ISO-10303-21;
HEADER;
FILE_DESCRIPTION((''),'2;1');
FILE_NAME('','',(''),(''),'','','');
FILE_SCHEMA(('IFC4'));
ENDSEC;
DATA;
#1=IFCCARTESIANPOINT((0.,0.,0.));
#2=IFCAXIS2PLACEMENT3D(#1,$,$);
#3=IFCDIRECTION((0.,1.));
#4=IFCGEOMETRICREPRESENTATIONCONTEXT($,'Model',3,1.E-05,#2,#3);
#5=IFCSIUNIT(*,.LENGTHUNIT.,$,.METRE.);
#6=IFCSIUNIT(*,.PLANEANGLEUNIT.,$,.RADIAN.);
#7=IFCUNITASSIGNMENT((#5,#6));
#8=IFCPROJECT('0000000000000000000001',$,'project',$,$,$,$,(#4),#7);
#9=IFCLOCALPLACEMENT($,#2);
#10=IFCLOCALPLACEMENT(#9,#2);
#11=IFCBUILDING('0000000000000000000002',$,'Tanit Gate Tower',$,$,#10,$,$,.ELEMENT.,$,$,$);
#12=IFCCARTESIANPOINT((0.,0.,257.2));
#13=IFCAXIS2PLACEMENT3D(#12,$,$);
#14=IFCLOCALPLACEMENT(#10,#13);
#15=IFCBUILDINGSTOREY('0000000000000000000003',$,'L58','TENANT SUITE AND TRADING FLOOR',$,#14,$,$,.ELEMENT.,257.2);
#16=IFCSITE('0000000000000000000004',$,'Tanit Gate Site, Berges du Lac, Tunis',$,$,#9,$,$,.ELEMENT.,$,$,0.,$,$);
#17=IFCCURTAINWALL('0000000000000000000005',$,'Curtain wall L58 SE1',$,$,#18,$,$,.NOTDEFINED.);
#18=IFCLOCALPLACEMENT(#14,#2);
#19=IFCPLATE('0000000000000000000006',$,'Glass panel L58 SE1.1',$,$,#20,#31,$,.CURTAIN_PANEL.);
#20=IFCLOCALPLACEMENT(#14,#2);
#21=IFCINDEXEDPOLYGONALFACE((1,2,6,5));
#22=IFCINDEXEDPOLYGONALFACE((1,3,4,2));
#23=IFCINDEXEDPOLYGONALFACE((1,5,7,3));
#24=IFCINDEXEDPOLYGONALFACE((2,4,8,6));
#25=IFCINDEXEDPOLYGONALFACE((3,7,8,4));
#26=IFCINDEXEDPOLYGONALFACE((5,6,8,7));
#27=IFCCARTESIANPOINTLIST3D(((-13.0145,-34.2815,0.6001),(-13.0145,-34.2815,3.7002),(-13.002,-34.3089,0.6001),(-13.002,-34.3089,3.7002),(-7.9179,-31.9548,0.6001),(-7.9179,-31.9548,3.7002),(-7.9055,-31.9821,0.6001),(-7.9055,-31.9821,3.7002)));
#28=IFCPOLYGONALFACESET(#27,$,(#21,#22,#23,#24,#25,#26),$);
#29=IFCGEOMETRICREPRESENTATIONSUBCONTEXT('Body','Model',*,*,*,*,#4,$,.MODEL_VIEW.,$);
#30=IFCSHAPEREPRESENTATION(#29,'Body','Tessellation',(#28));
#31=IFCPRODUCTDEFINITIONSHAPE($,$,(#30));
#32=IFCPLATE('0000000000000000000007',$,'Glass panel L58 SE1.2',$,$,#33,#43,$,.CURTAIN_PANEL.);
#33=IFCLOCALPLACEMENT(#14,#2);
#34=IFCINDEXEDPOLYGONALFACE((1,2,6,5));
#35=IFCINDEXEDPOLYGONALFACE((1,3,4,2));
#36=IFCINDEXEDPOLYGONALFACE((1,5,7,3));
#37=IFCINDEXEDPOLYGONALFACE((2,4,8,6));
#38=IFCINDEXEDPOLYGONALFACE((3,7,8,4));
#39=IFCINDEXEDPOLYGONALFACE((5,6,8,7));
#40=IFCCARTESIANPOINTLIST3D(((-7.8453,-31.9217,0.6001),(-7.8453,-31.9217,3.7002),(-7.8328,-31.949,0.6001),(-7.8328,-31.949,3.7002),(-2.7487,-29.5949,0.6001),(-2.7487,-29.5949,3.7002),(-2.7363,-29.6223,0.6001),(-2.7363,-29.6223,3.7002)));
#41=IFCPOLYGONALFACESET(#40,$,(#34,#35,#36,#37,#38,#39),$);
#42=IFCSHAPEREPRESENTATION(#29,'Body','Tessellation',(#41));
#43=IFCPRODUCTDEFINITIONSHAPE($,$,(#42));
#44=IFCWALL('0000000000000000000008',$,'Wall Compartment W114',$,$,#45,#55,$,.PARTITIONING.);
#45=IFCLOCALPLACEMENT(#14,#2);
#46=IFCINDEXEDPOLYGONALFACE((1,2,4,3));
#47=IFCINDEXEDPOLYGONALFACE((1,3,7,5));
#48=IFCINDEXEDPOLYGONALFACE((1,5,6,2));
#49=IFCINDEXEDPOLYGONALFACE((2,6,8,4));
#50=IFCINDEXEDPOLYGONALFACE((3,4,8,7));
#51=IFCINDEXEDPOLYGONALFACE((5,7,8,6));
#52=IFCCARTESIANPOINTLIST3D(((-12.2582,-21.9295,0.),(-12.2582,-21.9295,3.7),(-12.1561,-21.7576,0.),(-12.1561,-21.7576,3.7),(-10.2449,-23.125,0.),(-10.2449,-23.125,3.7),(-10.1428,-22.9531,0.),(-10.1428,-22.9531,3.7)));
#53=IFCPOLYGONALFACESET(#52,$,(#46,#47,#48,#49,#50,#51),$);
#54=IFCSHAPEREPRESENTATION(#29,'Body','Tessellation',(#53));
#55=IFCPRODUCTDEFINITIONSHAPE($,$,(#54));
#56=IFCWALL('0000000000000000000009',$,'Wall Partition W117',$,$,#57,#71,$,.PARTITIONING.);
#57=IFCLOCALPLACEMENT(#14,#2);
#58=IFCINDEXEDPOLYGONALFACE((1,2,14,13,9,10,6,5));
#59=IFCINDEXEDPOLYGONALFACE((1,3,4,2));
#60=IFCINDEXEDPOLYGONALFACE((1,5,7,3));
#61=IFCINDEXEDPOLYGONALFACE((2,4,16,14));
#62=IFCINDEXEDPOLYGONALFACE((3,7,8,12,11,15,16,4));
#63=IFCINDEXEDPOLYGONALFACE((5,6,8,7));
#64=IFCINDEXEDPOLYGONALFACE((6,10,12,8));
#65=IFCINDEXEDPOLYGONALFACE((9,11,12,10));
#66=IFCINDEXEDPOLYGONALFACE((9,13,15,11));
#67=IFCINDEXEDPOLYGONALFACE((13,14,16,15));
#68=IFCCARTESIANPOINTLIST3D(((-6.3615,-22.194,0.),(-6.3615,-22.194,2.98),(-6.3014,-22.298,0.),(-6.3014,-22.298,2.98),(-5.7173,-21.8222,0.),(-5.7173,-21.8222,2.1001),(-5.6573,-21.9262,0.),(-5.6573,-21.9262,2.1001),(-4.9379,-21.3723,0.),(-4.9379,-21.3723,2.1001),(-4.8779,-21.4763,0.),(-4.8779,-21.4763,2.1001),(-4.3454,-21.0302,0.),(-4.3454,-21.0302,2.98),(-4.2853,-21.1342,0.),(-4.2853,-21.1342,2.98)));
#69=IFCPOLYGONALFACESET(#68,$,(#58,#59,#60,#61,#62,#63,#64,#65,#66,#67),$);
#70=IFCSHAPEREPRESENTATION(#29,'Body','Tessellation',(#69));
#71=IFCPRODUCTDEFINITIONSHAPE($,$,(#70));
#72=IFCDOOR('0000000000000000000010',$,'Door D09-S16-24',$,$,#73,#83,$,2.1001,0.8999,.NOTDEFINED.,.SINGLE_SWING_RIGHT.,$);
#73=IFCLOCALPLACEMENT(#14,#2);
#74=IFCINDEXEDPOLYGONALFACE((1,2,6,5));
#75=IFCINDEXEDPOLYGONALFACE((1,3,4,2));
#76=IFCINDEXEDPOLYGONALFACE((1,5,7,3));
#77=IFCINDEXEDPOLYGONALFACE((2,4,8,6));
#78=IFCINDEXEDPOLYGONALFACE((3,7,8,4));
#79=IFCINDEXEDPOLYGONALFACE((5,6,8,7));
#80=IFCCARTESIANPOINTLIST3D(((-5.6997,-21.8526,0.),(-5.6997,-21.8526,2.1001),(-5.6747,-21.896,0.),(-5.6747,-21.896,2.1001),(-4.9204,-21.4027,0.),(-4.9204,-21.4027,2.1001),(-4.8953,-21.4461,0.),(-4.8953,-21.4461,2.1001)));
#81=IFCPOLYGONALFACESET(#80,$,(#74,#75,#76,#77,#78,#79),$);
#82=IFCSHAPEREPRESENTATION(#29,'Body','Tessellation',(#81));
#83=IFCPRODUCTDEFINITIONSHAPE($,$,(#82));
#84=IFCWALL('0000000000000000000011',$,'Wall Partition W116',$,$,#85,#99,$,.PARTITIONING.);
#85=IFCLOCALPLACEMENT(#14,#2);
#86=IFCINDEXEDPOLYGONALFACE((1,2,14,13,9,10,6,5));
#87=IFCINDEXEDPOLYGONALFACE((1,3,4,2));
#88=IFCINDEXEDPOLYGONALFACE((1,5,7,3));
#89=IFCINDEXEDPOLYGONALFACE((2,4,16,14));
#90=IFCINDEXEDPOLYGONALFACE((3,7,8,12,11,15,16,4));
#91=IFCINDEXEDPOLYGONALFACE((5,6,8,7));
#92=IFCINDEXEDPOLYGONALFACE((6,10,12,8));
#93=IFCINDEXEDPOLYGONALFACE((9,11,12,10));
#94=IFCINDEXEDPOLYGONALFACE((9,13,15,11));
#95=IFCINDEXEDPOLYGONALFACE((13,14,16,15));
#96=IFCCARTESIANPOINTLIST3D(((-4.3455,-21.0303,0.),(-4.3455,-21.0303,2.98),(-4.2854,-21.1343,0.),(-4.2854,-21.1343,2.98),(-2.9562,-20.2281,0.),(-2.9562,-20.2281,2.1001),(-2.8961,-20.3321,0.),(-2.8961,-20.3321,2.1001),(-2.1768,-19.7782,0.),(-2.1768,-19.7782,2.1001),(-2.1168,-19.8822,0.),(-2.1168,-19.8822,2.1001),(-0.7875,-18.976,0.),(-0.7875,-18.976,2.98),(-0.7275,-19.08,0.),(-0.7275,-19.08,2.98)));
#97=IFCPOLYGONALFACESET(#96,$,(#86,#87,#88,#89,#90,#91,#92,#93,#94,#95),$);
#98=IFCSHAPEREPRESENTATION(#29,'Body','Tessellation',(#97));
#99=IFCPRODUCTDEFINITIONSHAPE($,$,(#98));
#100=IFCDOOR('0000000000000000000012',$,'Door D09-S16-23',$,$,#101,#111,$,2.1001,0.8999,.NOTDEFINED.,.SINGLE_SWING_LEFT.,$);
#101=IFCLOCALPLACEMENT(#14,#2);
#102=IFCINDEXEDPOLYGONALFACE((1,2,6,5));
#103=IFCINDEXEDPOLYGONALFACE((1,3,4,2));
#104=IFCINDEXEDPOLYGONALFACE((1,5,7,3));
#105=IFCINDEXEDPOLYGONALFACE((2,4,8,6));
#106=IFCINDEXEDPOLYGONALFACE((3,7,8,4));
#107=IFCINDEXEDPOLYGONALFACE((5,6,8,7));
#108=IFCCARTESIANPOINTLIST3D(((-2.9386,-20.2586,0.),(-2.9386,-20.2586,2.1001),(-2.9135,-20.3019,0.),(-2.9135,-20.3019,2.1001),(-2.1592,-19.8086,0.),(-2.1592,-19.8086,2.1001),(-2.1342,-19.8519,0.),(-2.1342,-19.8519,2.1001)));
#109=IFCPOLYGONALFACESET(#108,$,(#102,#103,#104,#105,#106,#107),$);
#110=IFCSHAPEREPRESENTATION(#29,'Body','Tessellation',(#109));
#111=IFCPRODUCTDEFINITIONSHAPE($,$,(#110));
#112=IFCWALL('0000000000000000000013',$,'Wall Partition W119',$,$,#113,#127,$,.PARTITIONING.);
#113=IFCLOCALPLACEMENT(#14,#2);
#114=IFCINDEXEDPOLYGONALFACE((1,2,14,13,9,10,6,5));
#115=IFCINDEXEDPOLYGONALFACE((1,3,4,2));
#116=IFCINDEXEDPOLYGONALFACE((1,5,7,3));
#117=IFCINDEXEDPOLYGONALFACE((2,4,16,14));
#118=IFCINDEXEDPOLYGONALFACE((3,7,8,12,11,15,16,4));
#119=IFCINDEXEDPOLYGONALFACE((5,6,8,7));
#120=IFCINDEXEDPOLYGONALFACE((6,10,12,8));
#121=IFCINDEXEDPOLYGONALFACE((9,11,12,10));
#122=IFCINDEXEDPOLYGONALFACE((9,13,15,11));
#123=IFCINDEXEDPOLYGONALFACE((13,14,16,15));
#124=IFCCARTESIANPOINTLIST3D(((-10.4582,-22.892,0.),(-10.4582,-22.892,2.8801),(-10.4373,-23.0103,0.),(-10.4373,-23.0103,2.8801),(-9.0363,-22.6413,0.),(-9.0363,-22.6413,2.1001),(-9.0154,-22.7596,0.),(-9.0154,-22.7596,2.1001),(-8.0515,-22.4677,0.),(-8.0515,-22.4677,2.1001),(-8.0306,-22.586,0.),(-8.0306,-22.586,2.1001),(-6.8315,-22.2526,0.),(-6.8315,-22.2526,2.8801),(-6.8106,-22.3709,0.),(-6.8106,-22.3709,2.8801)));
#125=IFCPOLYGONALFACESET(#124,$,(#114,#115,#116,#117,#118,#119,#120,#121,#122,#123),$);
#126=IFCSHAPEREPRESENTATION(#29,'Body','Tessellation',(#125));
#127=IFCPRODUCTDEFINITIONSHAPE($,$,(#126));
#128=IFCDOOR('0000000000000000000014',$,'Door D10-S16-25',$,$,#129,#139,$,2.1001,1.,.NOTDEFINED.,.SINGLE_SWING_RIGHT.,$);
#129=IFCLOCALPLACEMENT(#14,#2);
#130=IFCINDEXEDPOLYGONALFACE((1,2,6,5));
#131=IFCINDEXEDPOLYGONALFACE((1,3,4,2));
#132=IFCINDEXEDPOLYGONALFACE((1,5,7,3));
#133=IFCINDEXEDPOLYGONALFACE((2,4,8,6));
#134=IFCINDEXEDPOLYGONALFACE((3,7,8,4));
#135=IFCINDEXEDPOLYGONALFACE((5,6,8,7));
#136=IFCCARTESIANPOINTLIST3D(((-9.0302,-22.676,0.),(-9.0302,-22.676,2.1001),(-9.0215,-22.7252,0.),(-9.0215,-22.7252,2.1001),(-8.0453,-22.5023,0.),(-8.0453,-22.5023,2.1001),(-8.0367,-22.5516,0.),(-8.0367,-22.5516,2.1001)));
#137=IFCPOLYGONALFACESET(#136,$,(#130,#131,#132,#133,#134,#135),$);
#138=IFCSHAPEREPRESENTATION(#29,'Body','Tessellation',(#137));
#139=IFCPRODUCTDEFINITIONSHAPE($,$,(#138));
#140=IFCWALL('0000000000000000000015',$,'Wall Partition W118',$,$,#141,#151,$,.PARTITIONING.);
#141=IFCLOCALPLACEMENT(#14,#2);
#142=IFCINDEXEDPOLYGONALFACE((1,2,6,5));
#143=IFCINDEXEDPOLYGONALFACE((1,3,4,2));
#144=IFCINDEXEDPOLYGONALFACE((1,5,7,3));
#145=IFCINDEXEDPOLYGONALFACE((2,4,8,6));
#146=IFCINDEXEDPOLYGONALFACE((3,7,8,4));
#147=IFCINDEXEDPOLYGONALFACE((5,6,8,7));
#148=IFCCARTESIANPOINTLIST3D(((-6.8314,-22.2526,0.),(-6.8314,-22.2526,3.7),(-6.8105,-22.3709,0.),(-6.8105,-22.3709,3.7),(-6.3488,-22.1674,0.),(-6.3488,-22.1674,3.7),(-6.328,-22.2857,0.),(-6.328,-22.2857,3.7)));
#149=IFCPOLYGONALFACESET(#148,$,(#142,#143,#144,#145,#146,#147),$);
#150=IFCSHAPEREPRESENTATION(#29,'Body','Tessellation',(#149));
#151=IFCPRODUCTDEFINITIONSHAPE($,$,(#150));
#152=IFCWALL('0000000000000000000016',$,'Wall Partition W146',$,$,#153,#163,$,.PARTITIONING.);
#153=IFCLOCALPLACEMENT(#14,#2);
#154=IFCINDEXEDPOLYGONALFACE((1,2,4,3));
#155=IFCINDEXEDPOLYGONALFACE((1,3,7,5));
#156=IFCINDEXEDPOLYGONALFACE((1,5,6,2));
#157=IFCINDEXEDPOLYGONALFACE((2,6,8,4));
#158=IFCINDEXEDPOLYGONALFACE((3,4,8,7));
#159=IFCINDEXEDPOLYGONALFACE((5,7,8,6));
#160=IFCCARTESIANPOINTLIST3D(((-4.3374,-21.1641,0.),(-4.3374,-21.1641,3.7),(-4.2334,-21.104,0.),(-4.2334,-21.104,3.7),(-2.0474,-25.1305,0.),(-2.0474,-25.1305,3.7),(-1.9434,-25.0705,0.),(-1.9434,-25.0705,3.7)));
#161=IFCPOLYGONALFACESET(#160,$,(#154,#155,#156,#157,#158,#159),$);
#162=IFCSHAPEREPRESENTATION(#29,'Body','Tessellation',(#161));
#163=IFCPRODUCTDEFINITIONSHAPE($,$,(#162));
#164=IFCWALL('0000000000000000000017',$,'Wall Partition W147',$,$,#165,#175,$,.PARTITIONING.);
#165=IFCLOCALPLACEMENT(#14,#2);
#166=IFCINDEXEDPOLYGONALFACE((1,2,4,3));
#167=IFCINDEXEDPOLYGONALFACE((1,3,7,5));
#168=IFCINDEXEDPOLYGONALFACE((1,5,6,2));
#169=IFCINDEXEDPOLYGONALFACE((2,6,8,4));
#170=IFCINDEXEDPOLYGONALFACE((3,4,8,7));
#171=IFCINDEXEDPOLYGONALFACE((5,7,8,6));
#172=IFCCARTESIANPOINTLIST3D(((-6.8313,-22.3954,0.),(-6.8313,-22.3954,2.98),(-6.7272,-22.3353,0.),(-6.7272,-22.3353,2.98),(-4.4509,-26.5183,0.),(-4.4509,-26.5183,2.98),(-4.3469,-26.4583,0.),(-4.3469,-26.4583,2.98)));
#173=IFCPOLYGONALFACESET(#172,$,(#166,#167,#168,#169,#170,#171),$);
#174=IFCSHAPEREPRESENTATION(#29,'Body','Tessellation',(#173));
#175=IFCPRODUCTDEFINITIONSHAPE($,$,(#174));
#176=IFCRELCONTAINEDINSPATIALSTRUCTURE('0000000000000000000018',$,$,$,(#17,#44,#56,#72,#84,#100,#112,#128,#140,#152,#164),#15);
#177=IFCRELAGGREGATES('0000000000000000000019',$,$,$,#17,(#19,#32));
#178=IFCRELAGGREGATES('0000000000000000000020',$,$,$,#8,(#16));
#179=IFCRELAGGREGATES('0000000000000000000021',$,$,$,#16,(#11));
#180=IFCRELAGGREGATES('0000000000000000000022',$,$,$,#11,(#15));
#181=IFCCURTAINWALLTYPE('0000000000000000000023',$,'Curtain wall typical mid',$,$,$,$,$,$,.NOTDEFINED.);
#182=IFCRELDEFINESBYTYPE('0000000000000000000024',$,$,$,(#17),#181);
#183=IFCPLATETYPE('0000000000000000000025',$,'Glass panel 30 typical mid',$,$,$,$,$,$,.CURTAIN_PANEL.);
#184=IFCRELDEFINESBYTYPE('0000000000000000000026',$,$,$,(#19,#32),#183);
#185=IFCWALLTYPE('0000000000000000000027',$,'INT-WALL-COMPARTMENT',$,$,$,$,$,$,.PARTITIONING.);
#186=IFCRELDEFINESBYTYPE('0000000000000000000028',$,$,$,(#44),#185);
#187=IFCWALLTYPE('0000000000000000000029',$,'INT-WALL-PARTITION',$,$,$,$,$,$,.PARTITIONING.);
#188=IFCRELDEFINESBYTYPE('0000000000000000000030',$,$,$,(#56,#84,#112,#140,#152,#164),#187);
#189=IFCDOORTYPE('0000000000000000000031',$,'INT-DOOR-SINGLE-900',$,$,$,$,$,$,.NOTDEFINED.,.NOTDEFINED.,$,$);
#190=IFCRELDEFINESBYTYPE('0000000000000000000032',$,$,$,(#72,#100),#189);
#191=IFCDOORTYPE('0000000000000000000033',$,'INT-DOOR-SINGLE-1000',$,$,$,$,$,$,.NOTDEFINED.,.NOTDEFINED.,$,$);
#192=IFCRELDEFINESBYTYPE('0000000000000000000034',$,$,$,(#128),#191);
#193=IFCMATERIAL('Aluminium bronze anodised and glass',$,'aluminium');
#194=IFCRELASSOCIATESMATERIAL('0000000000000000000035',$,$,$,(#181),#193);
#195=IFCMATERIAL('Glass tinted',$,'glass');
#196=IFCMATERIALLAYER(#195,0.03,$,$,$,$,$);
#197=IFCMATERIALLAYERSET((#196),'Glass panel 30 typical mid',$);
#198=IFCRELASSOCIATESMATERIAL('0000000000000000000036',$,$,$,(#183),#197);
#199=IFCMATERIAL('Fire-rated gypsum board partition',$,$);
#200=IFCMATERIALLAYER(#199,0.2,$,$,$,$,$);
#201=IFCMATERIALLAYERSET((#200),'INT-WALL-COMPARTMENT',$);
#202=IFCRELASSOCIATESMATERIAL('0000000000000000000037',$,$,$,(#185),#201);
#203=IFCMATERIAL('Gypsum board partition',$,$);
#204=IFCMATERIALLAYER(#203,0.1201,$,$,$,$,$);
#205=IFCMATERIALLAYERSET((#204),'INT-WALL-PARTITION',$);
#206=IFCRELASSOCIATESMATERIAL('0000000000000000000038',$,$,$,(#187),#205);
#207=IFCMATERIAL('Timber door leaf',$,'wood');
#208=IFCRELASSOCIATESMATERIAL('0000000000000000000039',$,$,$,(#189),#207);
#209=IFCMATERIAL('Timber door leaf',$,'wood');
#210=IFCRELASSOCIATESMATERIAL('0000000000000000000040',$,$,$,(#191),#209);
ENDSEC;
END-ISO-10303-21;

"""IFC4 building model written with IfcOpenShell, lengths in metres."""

from ifc_helpers import new_model, si_unit, direction, frame, frame_2d, origin, origin_2d, place, context, subcontext, project, spatial, rectangle, extrude, material, layer, layer_set, type_object, element, fill, aggregate, save


model = new_model("IFC4")

# Units and contexts
model_context = context("Model", 3, precision=1e-05, world=origin(), true_north=direction((0.0, 1.0)))
body_context = subcontext(model_context, "Body", "Model", "MODEL_VIEW")
ifc_project = project(units=[si_unit("LENGTHUNIT", "METRE"), si_unit("PLANEANGLEUNIT", "RADIAN")], contexts=[model_context])

# Site, building, storey
site_placement = place(None, origin())
site = spatial("IfcSite", under=ifc_project, at=site_placement, Name="Tanit Gate Site, Berges du Lac, Tunis", CompositionType="ELEMENT", RefElevation=0.0)
building_placement = place(site_placement, origin())
building = spatial("IfcBuilding", under=site, at=building_placement, Name="Tanit Gate Tower", CompositionType="ELEMENT")
storey_placement = place(building_placement, frame((0.0, 0.0, 257.2)))
storey = spatial("IfcBuildingStorey", under=building, at=storey_placement, Name="L58", Description="TENANT SUITE AND TRADING FLOOR", CompositionType="ELEMENT", Elevation=257.2)

# Curtain wall
ifc_material_1 = material(Name="Aluminium bronze anodised and glass", Category="aluminium")
curtain_wall_type = type_object("IfcCurtainWallType", Name="Curtain wall typical mid", PredefinedType="NOTDEFINED", material=ifc_material_1)
curtain_wall_1_placement = place(storey_placement, origin())
curtain_wall_1 = element("IfcCurtainWall", 1, at=curtain_wall_1_placement, inside=storey, type_object=curtain_wall_type, Name="Curtain wall L58 SE1", PredefinedType="NOTDEFINED")

# Plates
ifc_material_2 = material(Name="Glass tinted", Category="glass")
ifc_layer_1 = layer(ifc_material_2, 0.03)
ifc_layer_set_1 = layer_set([ifc_layer_1], Name="Glass panel 30 typical mid")
plate_type = type_object("IfcPlateType", Name="Glass panel 30 typical mid", PredefinedType="CURTAIN_PANEL", material=ifc_layer_set_1)
plate_1_placement = place(storey_placement, frame((-10.46, -33.1318, 0.6001), z_axis=(0.0, 0.0, 1.0), x_axis=(0.909685, 0.4153, 0.0)))
plate_1 = element("IfcPlate", 2, at=plate_1_placement, type_object=plate_type, Name="Glass panel L58 SE1.1", PredefinedType="CURTAIN_PANEL", context=body_context, shape_type="SweptSolid", body=[
    extrude(rectangle(XDim=5.6025, YDim=0.03, at=origin_2d()), origin(), (0.0, 0.0, 1.0), 3.1001),
])
plate_2_placement = place(storey_placement, frame((-5.2908, -30.772, 0.6001), z_axis=(0.0, 0.0, 1.0), x_axis=(0.909685, 0.4153, 0.0)))
plate_2 = element("IfcPlate", 3, at=plate_2_placement, type_object=plate_type, Name="Glass panel L58 SE1.2", PredefinedType="CURTAIN_PANEL", context=body_context, shape_type="SweptSolid", body=[
    extrude(rectangle(XDim=5.6025, YDim=0.03, at=origin_2d()), origin(), (0.0, 0.0, 1.0), 3.1001),
])
aggregate(curtain_wall_1, [plate_1, plate_2])

# Wall
ifc_material_3 = material(Name="Fire-rated gypsum board partition")
ifc_layer_2 = layer(ifc_material_3, 0.2)
ifc_layer_set_2 = layer_set([ifc_layer_2], Name="INT-WALL-COMPARTMENT")
wall_type_1 = type_object("IfcWallType", Name="INT-WALL-COMPARTMENT", PredefinedType="PARTITIONING", material=ifc_layer_set_2)
wall_1_placement = place(storey_placement, frame((-12.2073, -21.8435, 0.0), z_axis=(0.0, 0.0, 1.0), x_axis=(0.859839, -0.510565, 0.0)))
element("IfcWall", 4, at=wall_1_placement, inside=storey, type_object=wall_type_1, Name="Wall Compartment W114", PredefinedType="PARTITIONING", context=body_context, shape_type="SweptSolid", body=[
    extrude(rectangle(XDim=2.3416, YDim=0.2, at=frame_2d((1.1709, 0.0))), origin(), (0.0, 0.0, 1.0), 3.7),
])

# Walls, openings, doors
ifc_material_4 = material(Name="Gypsum board partition")
ifc_layer_3 = layer(ifc_material_4, 0.1201)
ifc_layer_set_3 = layer_set([ifc_layer_3], Name="INT-WALL-PARTITION")
wall_type_2 = type_object("IfcWallType", Name="INT-WALL-PARTITION", PredefinedType="PARTITIONING", material=ifc_layer_set_3)
wall_2_placement = place(storey_placement, frame((-6.3315, -22.2461, 0.0), z_axis=(0.0, 0.0, 1.0), x_axis=(0.86606, 0.49994, 0.0)))
wall_2 = element("IfcWall", 5, at=wall_2_placement, inside=storey, type_object=wall_type_2, Name="Wall Partition W117", PredefinedType="PARTITIONING", context=body_context, shape_type="SweptSolid", body=[
    extrude(rectangle(XDim=2.3279, YDim=0.1201, at=frame_2d((1.1641, 0.0))), origin(), (0.0, 0.0, 1.0), 2.98),
])
opening_1_placement = place(wall_2_placement, frame((0.7439, 0.0, 0.0)))
opening_1 = element("IfcOpeningElement", 6, at=opening_1_placement, cuts=wall_2, PredefinedType="OPENING", context=body_context, shape_type="SweptSolid", body=[
    extrude(rectangle(XDim=0.8999, YDim=2.1001, at=frame_2d((0.45, 1.05))), frame((0.0, 0.0701, 0.0), z_axis=(0.0, -1.0, 0.0), x_axis=(1.0, 0.0, 0.0)), (0.0, 0.0, 1.0), 0.1401),
])
ifc_material_5 = material(Name="Timber door leaf", Category="wood")
door_type_1 = type_object("IfcDoorType", Name="INT-DOOR-SINGLE-900", OperationType="NOTDEFINED", PredefinedType="NOTDEFINED", material=ifc_material_5)
door_1_placement = place(opening_1_placement, origin())
door_1 = element("IfcDoor", 7, at=door_1_placement, inside=storey, type_object=door_type_1, Name="Door D09-S16-24", OperationType="SINGLE_SWING_RIGHT", OverallHeight=2.1001, OverallWidth=0.8999, PredefinedType="NOTDEFINED", context=body_context, shape_type="SweptSolid", body=[
    extrude(rectangle(XDim=0.8999, YDim=2.1001, at=frame_2d((0.45, 1.05))), frame((0.0, 0.0249, 0.0), z_axis=(0.0, -1.0, 0.0), x_axis=(1.0, 0.0, 0.0)), (0.0, 0.0, 1.0), 0.05),
])
fill(opening_1, door_1)
wall_3_placement = place(storey_placement, frame((-4.3154, -21.0823, 0.0), z_axis=(0.0, 0.0, 1.0), x_axis=(0.866018, 0.500012, 0.0)))
wall_3 = element("IfcWall", 8, at=wall_3_placement, inside=storey, type_object=wall_type_2, Name="Wall Partition W116", PredefinedType="PARTITIONING", context=body_context, shape_type="SweptSolid", body=[
    extrude(rectangle(XDim=4.1084, YDim=0.1201, at=frame_2d((2.0542, 0.0))), origin(), (0.0, 0.0, 1.0), 2.98),
])
opening_2_placement = place(wall_3_placement, frame((1.6042, 0.0, 0.0)))
opening_2 = element("IfcOpeningElement", 9, at=opening_2_placement, cuts=wall_3, PredefinedType="OPENING", context=body_context, shape_type="SweptSolid", body=[
    extrude(rectangle(XDim=0.8999, YDim=2.1001, at=frame_2d((0.45, 1.05))), frame((0.0, 0.0701, 0.0), z_axis=(0.0, -1.0, 0.0), x_axis=(1.0, 0.0, 0.0)), (0.0, 0.0, 1.0), 0.1401),
])
door_2_placement = place(opening_2_placement, origin())
door_2 = element("IfcDoor", 10, at=door_2_placement, inside=storey, type_object=door_type_1, Name="Door D09-S16-23", OperationType="SINGLE_SWING_LEFT", OverallHeight=2.1001, OverallWidth=0.8999, PredefinedType="NOTDEFINED", context=body_context, shape_type="SweptSolid", body=[
    extrude(rectangle(XDim=0.8999, YDim=2.1001, at=frame_2d((0.45, 1.05))), frame((0.0, 0.0249, 0.0), z_axis=(0.0, -1.0, 0.0), x_axis=(1.0, 0.0, 0.0)), (0.0, 0.0, 1.0), 0.05),
])
fill(opening_2, door_2)
wall_4_placement = place(storey_placement, frame((-10.4478, -22.9512, 0.0), z_axis=(0.0, 0.0, 1.0), x_axis=(0.984812, 0.173626, 0.0)))
wall_4 = element("IfcWall", 11, at=wall_4_placement, inside=storey, type_object=wall_type_2, Name="Wall Partition W119", PredefinedType="PARTITIONING", context=body_context, shape_type="SweptSolid", body=[
    extrude(rectangle(XDim=3.6826, YDim=0.1201, at=frame_2d((1.8413, 0.0))), origin(), (0.0, 0.0, 1.0), 2.8801),
])
opening_3_placement = place(wall_4_placement, frame((1.4438, 0.0, 0.0)))
opening_3 = element("IfcOpeningElement", 12, at=opening_3_placement, cuts=wall_4, PredefinedType="OPENING", context=body_context, shape_type="SweptSolid", body=[
    extrude(rectangle(XDim=1.0, YDim=2.1001, at=frame_2d((0.5, 1.05))), frame((0.0, 0.0701, 0.0), z_axis=(0.0, -1.0, 0.0), x_axis=(1.0, 0.0, 0.0)), (0.0, 0.0, 1.0), 0.1401),
])
ifc_material_6 = material(Name="Timber door leaf", Category="wood")
door_type_2 = type_object("IfcDoorType", Name="INT-DOOR-SINGLE-1000", OperationType="NOTDEFINED", PredefinedType="NOTDEFINED", material=ifc_material_6)
door_3_placement = place(opening_3_placement, origin())
door_3 = element("IfcDoor", 13, at=door_3_placement, inside=storey, type_object=door_type_2, Name="Door D10-S16-25", OperationType="SINGLE_SWING_RIGHT", OverallHeight=2.1001, OverallWidth=1.0, PredefinedType="NOTDEFINED", context=body_context, shape_type="SweptSolid", body=[
    extrude(rectangle(XDim=1.0, YDim=2.1001, at=frame_2d((0.5, 1.05))), frame((0.0, 0.0249, 0.0), z_axis=(0.0, -1.0, 0.0), x_axis=(1.0, 0.0, 0.0)), (0.0, 0.0, 1.0), 0.05),
])
fill(opening_3, door_3)

# Walls
wall_5_placement = place(storey_placement, frame((-6.821, -22.3118, 0.0), z_axis=(0.0, 0.0, 1.0), x_axis=(0.984758, 0.173927, 0.0)))
element("IfcWall", 14, at=wall_5_placement, inside=storey, type_object=wall_type_2, Name="Wall Partition W118", PredefinedType="PARTITIONING", context=body_context, shape_type="SweptSolid", body=[
    extrude(rectangle(XDim=0.49, YDim=0.1201, at=frame_2d((0.2451, 0.0))), origin(), (0.0, 0.0, 1.0), 3.7),
])
wall_6_placement = place(storey_placement, frame((-4.2854, -21.134, 0.0), z_axis=(0.0, 0.0, 1.0), x_axis=(0.499992, -0.86603, 0.0)))
element("IfcWall", 15, at=wall_6_placement, inside=storey, type_object=wall_type_2, Name="Wall Partition W146", PredefinedType="PARTITIONING", context=body_context, shape_type="SweptSolid", body=[
    extrude(rectangle(XDim=4.5801, YDim=0.1201, at=frame_2d((2.29, 0.0))), origin(), (0.0, 0.0, 1.0), 3.7),
])
wall_7_placement = place(storey_placement, frame((-4.3989, -26.4883, 0.0), z_axis=(0.0, 0.0, 1.0), x_axis=(-0.499989, 0.866032, 0.0)))
element("IfcWall", 16, at=wall_7_placement, inside=storey, type_object=wall_type_2, Name="Wall Partition W147", PredefinedType="PARTITIONING", context=body_context, shape_type="SweptSolid", body=[
    extrude(rectangle(XDim=4.7607, YDim=0.1201, at=frame_2d((2.3804, 0.0))), origin(), (0.0, 0.0, 1.0), 2.98),
])

save(model, "model.ifc")
